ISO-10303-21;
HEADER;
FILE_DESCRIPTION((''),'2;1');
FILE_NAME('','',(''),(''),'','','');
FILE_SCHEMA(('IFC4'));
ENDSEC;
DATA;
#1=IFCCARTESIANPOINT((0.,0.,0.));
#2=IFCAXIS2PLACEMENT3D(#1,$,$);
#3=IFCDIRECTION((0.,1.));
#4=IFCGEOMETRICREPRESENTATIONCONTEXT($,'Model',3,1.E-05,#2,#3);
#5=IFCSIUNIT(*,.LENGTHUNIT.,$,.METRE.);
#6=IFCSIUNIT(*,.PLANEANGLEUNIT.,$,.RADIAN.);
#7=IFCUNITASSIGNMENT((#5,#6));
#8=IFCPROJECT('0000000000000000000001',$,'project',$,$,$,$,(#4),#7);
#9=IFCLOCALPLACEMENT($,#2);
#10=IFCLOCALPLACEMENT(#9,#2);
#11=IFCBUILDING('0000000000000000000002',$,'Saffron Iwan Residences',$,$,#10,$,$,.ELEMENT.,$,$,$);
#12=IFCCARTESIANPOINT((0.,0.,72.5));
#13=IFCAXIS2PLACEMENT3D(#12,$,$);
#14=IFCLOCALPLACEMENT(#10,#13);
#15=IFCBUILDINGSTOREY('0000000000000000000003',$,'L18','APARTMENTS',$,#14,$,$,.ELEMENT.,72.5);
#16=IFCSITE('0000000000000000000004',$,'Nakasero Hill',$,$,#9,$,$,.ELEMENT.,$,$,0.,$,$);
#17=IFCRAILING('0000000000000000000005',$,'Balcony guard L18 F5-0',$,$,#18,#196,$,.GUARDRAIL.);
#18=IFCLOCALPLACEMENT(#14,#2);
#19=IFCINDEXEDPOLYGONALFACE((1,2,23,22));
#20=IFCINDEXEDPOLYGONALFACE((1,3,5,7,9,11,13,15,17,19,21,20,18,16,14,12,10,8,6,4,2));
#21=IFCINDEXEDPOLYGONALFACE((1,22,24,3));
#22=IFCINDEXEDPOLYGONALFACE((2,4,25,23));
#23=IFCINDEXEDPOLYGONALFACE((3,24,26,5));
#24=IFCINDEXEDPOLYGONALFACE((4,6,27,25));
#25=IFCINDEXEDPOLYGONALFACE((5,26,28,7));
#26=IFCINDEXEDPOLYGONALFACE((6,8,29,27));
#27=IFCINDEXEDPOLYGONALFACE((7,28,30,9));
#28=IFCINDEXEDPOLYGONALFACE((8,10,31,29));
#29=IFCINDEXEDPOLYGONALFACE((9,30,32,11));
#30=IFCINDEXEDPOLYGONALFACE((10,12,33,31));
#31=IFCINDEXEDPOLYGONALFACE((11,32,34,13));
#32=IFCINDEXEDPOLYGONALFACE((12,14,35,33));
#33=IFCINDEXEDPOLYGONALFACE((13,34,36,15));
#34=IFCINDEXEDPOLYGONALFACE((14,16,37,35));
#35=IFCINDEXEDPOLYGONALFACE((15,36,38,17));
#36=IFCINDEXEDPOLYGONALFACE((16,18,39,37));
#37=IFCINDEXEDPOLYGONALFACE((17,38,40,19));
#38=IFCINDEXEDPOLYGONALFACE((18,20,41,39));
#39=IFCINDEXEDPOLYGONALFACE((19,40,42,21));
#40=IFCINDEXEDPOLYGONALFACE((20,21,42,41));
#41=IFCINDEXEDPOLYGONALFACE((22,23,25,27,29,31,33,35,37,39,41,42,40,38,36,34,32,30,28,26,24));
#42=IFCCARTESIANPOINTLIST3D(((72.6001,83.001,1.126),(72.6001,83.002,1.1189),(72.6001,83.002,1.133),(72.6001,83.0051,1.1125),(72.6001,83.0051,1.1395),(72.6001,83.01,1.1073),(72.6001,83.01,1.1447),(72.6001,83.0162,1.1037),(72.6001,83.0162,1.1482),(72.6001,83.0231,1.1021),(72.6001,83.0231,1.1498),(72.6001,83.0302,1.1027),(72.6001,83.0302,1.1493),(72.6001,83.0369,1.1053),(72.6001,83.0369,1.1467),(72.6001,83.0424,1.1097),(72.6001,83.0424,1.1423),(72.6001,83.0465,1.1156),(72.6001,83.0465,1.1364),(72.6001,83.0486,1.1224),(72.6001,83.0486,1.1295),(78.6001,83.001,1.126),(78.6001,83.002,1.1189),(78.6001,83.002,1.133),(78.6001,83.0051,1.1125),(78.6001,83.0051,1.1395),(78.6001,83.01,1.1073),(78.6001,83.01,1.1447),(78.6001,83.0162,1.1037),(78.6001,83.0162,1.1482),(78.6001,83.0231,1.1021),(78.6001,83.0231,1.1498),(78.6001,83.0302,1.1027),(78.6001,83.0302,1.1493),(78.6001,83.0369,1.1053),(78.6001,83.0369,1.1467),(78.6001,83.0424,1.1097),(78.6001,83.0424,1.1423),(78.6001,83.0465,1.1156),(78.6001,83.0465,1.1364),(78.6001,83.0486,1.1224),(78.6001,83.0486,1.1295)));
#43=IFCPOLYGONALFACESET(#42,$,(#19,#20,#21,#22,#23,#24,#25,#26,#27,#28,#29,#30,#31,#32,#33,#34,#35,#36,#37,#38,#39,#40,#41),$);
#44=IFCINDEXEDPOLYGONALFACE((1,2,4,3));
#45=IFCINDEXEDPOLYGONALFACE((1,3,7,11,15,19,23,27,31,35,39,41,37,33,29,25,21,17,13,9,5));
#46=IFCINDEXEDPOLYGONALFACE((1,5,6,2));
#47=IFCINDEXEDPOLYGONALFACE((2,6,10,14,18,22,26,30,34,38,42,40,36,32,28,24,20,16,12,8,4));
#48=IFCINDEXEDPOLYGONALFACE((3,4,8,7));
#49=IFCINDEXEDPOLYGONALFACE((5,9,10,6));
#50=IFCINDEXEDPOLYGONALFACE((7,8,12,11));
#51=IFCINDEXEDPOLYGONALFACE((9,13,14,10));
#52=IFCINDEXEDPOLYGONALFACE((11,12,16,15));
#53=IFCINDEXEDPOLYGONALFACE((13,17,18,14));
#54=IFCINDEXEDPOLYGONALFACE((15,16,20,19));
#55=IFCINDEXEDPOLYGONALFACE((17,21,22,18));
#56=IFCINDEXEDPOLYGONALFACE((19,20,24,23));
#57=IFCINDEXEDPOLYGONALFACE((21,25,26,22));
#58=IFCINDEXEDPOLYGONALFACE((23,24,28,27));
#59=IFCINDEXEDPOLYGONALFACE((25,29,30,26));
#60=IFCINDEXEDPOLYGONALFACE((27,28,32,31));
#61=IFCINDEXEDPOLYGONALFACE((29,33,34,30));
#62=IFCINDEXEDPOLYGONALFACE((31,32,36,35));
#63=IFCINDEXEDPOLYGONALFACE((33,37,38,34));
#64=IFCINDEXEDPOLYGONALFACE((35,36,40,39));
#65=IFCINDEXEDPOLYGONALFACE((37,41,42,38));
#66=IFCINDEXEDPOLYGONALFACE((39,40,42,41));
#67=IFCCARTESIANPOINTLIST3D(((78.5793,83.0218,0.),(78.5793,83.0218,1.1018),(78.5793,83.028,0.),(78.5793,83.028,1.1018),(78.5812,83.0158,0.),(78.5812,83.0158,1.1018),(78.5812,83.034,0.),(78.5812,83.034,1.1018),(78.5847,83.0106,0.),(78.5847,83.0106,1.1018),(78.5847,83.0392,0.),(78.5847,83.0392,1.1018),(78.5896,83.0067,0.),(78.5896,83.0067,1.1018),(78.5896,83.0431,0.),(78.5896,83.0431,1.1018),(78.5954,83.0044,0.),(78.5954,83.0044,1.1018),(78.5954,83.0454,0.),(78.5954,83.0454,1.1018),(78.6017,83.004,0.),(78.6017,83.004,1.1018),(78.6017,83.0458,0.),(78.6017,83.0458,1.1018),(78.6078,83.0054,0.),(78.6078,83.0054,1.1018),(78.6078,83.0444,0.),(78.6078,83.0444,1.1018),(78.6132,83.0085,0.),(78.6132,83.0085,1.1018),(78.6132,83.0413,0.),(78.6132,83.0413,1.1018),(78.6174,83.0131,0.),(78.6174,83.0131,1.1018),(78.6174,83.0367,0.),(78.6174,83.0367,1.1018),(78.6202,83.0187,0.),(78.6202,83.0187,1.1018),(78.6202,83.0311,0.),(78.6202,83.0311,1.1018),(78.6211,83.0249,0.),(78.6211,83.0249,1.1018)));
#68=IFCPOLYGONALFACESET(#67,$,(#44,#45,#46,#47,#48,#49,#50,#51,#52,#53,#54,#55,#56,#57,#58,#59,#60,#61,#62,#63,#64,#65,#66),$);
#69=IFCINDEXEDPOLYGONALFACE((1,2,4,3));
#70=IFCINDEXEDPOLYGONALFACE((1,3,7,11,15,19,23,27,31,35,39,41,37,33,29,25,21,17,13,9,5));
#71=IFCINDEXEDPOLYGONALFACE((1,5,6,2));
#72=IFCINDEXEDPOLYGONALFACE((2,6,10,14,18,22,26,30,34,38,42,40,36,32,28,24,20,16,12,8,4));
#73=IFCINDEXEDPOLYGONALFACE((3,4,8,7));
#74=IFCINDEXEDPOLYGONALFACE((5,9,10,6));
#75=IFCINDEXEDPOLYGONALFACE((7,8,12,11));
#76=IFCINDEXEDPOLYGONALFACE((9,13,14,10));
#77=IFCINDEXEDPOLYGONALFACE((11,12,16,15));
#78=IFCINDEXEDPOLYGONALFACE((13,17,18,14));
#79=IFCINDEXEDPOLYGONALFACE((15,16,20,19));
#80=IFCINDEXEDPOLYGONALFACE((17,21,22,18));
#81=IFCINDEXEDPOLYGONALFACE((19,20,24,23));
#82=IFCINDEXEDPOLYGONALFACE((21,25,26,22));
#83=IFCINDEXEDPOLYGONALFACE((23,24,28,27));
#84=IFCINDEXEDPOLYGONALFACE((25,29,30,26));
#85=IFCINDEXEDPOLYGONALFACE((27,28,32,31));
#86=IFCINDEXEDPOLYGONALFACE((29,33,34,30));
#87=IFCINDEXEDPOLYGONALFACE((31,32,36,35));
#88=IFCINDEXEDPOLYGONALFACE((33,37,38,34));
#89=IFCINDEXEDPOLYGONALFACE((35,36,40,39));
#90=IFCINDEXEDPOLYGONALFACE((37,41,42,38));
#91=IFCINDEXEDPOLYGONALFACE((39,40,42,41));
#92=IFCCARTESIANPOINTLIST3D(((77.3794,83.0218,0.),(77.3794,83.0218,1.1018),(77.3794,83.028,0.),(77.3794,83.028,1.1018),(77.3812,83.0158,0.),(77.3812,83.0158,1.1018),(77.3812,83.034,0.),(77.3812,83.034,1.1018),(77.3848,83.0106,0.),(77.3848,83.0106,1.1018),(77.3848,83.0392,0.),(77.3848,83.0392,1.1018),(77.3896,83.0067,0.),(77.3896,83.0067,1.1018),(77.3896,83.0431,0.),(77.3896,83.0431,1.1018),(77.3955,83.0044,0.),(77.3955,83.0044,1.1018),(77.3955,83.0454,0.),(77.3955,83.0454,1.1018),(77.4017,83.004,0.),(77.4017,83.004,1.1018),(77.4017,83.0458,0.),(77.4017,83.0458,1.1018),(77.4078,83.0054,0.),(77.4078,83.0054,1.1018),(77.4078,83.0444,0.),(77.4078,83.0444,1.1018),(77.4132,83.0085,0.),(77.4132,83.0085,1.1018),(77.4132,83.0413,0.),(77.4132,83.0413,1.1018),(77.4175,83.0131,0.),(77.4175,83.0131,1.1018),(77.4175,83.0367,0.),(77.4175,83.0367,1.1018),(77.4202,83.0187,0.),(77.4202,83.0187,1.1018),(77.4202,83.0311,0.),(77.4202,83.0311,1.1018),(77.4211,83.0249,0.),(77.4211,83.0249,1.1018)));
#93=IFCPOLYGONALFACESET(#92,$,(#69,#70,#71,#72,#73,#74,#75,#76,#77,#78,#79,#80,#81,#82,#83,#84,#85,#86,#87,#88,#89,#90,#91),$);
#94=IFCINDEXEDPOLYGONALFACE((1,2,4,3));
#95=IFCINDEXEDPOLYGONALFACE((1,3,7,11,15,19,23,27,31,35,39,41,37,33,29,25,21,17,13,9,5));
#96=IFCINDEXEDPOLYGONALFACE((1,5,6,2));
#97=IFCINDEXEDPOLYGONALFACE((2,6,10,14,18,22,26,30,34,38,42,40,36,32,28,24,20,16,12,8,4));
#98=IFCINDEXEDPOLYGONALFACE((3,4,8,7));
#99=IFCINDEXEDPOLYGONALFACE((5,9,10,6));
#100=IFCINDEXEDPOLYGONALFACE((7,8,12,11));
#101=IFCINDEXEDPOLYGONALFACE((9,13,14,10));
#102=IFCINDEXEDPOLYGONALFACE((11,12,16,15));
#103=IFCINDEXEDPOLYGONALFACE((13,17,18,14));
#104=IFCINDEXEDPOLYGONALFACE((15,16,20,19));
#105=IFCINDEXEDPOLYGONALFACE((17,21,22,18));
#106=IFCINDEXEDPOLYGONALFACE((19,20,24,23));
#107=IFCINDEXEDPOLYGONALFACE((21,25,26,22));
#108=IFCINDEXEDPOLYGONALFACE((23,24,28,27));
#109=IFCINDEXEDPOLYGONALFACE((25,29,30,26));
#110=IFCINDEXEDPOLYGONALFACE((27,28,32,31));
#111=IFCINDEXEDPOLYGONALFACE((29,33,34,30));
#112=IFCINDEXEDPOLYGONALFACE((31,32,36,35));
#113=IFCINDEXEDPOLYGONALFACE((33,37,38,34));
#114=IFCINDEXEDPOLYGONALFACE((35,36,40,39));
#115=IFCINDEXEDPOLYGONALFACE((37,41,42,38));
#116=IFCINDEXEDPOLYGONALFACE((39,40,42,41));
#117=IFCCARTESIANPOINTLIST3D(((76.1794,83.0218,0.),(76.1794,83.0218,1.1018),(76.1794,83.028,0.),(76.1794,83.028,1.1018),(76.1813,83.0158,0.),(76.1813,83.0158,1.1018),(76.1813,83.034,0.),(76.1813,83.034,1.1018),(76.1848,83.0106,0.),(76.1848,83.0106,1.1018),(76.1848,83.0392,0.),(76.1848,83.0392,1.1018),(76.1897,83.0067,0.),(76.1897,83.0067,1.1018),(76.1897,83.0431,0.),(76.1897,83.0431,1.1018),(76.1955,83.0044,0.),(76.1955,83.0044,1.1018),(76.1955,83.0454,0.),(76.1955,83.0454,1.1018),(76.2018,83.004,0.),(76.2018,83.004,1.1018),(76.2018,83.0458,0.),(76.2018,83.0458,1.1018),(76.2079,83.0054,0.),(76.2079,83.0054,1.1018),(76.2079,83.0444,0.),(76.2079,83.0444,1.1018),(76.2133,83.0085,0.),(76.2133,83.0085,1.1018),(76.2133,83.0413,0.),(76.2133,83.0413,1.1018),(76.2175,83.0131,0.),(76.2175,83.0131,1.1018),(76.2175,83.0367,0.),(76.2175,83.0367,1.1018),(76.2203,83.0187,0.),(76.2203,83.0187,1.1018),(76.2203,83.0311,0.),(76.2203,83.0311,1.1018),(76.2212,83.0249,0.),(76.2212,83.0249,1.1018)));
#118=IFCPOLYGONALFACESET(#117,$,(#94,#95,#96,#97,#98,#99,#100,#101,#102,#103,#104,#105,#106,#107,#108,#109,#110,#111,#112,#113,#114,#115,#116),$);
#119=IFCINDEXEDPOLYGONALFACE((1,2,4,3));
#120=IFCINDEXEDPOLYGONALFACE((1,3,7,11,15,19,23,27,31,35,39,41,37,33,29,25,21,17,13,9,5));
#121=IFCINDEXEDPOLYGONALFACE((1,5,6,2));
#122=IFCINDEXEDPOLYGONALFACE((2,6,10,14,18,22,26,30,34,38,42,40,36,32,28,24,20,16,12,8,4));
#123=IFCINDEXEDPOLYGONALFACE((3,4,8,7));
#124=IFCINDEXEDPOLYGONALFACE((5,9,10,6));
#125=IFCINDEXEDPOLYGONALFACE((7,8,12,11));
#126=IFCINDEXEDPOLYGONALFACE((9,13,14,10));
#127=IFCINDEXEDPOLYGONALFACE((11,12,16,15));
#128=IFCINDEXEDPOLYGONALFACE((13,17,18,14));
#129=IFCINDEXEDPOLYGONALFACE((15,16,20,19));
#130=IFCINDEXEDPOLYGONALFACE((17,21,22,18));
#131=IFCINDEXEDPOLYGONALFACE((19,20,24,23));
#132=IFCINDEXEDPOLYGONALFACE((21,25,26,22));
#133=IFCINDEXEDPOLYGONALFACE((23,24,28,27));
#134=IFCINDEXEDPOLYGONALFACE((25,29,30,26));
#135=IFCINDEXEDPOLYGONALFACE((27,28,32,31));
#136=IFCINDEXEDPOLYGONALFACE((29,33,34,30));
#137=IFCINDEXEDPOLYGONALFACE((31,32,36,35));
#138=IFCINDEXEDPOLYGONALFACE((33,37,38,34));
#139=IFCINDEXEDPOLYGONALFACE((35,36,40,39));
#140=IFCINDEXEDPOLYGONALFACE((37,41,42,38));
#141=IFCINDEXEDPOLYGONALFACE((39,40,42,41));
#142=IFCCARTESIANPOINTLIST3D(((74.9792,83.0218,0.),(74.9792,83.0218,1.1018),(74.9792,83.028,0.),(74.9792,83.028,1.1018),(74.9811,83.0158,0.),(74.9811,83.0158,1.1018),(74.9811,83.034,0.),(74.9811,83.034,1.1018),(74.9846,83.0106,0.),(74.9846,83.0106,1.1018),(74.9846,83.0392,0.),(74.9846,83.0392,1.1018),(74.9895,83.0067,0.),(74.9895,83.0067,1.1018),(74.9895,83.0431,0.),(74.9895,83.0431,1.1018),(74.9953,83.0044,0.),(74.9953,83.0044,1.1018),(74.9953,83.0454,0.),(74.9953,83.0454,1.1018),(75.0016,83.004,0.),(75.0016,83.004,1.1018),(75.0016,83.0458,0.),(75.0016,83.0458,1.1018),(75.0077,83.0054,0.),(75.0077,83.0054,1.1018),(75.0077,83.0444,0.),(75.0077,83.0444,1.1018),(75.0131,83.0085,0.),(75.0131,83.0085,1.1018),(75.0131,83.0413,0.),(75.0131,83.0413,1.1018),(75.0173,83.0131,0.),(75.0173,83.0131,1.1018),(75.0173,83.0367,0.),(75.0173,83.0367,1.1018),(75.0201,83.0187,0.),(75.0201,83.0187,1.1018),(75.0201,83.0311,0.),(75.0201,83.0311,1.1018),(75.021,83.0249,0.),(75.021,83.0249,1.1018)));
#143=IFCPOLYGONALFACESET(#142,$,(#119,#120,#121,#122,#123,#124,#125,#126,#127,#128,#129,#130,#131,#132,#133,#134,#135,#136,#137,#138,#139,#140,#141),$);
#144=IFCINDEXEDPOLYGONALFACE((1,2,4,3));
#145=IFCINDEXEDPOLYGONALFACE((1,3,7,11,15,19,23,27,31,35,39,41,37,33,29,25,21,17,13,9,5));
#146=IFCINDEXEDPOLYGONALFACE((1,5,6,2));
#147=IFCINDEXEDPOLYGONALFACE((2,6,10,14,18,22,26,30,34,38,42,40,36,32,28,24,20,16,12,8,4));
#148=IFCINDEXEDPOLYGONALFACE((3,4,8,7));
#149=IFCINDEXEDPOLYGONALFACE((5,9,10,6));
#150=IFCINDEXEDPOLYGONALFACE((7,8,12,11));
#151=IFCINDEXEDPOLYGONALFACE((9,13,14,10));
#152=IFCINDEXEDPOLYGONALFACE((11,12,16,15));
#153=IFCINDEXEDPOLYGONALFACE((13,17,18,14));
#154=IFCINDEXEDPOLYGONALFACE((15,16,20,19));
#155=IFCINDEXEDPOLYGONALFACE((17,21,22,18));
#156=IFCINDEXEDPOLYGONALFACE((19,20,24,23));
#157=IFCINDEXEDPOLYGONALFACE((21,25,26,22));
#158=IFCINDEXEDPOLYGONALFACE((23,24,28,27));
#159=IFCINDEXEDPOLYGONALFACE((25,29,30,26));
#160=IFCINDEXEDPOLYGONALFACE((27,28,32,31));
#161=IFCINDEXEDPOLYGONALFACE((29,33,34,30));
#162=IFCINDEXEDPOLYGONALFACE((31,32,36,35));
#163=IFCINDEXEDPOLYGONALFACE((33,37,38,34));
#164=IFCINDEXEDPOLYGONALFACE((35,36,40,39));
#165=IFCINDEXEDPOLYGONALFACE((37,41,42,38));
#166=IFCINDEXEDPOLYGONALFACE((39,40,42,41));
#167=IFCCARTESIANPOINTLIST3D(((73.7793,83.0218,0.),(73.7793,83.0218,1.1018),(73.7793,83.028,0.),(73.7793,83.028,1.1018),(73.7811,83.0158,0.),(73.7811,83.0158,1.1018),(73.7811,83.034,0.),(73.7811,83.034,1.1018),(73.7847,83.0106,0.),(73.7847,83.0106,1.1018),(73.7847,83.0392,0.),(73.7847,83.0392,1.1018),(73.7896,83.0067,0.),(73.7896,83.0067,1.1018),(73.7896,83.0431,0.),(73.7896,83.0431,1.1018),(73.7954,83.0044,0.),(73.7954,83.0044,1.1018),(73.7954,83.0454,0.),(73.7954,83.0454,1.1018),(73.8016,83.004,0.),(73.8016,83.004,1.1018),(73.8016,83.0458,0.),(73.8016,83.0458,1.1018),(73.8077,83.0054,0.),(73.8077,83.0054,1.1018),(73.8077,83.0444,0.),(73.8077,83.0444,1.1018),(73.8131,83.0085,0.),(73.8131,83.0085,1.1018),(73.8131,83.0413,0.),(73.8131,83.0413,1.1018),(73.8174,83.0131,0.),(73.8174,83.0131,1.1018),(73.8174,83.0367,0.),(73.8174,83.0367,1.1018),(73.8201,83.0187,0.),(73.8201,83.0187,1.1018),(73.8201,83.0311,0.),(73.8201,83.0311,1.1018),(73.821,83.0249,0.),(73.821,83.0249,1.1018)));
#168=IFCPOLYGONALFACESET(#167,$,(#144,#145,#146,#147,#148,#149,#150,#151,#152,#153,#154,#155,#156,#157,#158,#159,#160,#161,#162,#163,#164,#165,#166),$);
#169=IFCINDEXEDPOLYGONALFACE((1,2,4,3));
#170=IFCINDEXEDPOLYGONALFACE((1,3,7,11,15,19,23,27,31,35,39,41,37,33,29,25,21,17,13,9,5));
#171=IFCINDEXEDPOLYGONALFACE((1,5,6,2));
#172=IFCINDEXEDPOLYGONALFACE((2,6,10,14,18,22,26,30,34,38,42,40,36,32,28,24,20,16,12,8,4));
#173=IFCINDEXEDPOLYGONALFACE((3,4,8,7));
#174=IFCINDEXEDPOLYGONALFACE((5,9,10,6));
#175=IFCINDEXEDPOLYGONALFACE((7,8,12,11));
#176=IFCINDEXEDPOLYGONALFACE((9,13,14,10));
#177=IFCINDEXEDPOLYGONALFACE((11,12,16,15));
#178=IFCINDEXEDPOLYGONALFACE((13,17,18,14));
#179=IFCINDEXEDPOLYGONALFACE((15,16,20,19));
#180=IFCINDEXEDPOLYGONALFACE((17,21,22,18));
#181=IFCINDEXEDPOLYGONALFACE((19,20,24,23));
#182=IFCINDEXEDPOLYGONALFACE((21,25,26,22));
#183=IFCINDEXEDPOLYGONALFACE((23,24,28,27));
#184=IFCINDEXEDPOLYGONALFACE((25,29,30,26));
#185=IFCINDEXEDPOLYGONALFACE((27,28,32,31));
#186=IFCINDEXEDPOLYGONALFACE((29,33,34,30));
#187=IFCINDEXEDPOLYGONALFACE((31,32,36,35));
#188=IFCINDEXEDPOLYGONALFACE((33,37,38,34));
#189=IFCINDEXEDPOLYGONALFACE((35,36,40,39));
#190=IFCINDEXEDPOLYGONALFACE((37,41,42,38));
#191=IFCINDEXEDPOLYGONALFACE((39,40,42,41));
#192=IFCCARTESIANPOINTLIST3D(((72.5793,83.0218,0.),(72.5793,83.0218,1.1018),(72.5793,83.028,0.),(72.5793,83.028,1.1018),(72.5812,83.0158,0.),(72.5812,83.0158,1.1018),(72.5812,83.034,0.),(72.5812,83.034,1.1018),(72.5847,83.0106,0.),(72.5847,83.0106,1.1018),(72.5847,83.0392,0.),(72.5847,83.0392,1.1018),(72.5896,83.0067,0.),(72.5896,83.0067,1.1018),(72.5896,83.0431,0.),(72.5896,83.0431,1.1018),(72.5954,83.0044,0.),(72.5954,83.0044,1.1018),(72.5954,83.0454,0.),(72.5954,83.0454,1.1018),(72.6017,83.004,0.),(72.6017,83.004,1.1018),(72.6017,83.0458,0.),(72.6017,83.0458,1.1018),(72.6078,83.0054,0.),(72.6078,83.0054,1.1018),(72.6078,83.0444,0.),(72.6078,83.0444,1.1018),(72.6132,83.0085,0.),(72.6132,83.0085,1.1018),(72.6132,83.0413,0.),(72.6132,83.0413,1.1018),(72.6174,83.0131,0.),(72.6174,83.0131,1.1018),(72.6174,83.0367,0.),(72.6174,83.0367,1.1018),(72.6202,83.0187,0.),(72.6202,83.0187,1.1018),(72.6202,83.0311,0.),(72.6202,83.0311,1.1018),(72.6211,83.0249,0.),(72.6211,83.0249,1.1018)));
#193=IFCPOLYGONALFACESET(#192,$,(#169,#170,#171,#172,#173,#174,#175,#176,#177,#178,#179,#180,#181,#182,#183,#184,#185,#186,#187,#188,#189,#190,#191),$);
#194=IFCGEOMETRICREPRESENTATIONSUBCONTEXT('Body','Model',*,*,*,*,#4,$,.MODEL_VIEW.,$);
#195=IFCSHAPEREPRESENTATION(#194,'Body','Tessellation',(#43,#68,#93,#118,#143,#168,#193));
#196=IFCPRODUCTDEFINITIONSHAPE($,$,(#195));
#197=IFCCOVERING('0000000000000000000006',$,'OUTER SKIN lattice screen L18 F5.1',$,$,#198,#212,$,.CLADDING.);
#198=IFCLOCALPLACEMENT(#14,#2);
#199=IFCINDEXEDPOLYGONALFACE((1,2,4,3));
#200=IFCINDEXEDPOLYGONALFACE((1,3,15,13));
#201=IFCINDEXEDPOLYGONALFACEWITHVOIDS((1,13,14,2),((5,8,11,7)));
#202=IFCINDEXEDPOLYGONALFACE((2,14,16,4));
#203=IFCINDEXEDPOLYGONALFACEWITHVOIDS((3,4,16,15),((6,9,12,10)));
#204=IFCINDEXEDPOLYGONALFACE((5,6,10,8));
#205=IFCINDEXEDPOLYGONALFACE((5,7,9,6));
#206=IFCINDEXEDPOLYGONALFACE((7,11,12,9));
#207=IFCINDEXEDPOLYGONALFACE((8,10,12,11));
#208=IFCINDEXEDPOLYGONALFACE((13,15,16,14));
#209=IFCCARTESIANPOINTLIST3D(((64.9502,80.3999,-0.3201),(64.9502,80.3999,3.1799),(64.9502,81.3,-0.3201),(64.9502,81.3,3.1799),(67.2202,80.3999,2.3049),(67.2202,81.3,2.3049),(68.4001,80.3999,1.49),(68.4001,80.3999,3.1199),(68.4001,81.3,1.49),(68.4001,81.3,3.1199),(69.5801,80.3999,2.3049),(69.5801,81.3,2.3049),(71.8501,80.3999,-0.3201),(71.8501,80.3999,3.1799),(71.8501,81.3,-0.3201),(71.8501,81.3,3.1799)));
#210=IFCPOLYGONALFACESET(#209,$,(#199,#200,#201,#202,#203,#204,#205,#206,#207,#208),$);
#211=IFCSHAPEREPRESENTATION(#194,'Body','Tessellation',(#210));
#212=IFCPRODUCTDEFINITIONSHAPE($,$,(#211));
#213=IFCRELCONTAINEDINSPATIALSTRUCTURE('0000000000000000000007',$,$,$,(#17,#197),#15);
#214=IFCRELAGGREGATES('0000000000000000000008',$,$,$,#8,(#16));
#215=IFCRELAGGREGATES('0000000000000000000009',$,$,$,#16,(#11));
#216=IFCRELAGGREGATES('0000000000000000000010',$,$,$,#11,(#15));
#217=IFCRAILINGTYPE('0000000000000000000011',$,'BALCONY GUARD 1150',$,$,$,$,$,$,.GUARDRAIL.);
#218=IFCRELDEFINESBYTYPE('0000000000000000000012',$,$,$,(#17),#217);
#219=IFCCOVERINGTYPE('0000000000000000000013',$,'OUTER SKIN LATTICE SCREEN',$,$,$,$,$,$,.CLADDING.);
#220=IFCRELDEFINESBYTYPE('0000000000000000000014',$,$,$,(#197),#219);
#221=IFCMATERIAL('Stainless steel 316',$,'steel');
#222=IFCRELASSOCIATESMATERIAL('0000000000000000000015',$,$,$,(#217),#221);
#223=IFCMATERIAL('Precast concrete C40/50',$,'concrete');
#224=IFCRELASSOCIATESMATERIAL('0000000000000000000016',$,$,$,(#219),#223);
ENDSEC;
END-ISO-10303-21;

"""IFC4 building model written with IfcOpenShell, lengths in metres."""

from ifc_helpers import new_model, si_unit, direction, frame, origin, origin_2d, place, context, subcontext, project, spatial, polyline, circle, outline, extrude, material, type_object, element, save


model = new_model("IFC4")

# Units and contexts
model_context = context("Model", 3, precision=1e-05, world=origin(), true_north=direction((0.0, 1.0)))
body_context = subcontext(model_context, "Body", "Model", "MODEL_VIEW")
ifc_project = project(units=[si_unit("LENGTHUNIT", "METRE"), si_unit("PLANEANGLEUNIT", "RADIAN")], contexts=[model_context])

# Site, building, storey
site_placement = place(None, origin())
site = spatial("IfcSite", under=ifc_project, at=site_placement, Name="Nakasero Hill", CompositionType="ELEMENT", RefElevation=0.0)
building_placement = place(site_placement, origin())
building = spatial("IfcBuilding", under=site, at=building_placement, Name="Saffron Iwan Residences", CompositionType="ELEMENT")
storey_placement = place(building_placement, frame((0.0, 0.0, 72.5)))
storey = spatial("IfcBuildingStorey", under=building, at=storey_placement, Name="L18", Description="APARTMENTS", CompositionType="ELEMENT", Elevation=72.5)

# Railing
ifc_material_1 = material(Name="Stainless steel 316", Category="steel")
railing_type = type_object("IfcRailingType", Name="BALCONY GUARD 1150", PredefinedType="GUARDRAIL", material=ifc_material_1)
railing_placement = place(storey_placement, frame((78.6001, 83.0249, 0.0)))
element("IfcRailing", 1, at=railing_placement, inside=storey, type_object=railing_type, Name="Balcony guard L18 F5-0", PredefinedType="GUARDRAIL", context=body_context, shape_type="SweptSolid", body=[
    extrude(circle(Radius=0.0239, at=origin_2d()), frame((0.0, 0.0, 1.126), z_axis=(-1.0, 0.0, 0.0), x_axis=(0.0, -1.0, 0.0)), (0.0, 0.0, 1.0), 6.0),
    extrude(circle(Radius=0.021, at=origin_2d()), origin(), (0.0, 0.0, 1.0), 1.1018),
    extrude(circle(Radius=0.021, at=origin_2d()), frame((-1.2, 0.0, 0.0)), (0.0, 0.0, 1.0), 1.1018),
    extrude(circle(Radius=0.021, at=origin_2d()), frame((-2.3999, 0.0, 0.0)), (0.0, 0.0, 1.0), 1.1018),
    extrude(circle(Radius=0.021, at=origin_2d()), frame((-3.6001, 0.0, 0.0)), (0.0, 0.0, 1.0), 1.1018),
    extrude(circle(Radius=0.021, at=origin_2d()), frame((-4.8, 0.0, 0.0)), (0.0, 0.0, 1.0), 1.1018),
    extrude(circle(Radius=0.021, at=origin_2d()), frame((-6.0, 0.0, 0.0)), (0.0, 0.0, 1.0), 1.1018),
])

# Covering
ifc_material_2 = material(Name="Precast concrete C40/50", Category="concrete")
covering_type = type_object("IfcCoveringType", Name="OUTER SKIN LATTICE SCREEN", PredefinedType="CLADDING", material=ifc_material_2)
covering_placement = place(storey_placement, frame((71.8501, 80.3999, -0.3201), z_axis=(0.0, 1.0, 0.0), x_axis=(-1.0, 0.0, 0.0)))
element("IfcCovering", 2, at=covering_placement, inside=storey, type_object=covering_type, Name="OUTER SKIN lattice screen L18 F5.1", PredefinedType="CLADDING", context=body_context, shape_type="SweptSolid", body=[
    extrude(outline(polyline([(0.0, 0.0), (6.8999, 0.0), (6.8999, 3.5), (0.0, 3.5), (0.0, 0.0)]), holes=[polyline([(2.27, 2.625), (3.45, 1.8101), (4.6299, 2.625), (3.45, 3.4399), (2.27, 2.625)])]), origin(), (0.0, 0.0, 1.0), 0.9001),
])

save(model, "model.ifc")
